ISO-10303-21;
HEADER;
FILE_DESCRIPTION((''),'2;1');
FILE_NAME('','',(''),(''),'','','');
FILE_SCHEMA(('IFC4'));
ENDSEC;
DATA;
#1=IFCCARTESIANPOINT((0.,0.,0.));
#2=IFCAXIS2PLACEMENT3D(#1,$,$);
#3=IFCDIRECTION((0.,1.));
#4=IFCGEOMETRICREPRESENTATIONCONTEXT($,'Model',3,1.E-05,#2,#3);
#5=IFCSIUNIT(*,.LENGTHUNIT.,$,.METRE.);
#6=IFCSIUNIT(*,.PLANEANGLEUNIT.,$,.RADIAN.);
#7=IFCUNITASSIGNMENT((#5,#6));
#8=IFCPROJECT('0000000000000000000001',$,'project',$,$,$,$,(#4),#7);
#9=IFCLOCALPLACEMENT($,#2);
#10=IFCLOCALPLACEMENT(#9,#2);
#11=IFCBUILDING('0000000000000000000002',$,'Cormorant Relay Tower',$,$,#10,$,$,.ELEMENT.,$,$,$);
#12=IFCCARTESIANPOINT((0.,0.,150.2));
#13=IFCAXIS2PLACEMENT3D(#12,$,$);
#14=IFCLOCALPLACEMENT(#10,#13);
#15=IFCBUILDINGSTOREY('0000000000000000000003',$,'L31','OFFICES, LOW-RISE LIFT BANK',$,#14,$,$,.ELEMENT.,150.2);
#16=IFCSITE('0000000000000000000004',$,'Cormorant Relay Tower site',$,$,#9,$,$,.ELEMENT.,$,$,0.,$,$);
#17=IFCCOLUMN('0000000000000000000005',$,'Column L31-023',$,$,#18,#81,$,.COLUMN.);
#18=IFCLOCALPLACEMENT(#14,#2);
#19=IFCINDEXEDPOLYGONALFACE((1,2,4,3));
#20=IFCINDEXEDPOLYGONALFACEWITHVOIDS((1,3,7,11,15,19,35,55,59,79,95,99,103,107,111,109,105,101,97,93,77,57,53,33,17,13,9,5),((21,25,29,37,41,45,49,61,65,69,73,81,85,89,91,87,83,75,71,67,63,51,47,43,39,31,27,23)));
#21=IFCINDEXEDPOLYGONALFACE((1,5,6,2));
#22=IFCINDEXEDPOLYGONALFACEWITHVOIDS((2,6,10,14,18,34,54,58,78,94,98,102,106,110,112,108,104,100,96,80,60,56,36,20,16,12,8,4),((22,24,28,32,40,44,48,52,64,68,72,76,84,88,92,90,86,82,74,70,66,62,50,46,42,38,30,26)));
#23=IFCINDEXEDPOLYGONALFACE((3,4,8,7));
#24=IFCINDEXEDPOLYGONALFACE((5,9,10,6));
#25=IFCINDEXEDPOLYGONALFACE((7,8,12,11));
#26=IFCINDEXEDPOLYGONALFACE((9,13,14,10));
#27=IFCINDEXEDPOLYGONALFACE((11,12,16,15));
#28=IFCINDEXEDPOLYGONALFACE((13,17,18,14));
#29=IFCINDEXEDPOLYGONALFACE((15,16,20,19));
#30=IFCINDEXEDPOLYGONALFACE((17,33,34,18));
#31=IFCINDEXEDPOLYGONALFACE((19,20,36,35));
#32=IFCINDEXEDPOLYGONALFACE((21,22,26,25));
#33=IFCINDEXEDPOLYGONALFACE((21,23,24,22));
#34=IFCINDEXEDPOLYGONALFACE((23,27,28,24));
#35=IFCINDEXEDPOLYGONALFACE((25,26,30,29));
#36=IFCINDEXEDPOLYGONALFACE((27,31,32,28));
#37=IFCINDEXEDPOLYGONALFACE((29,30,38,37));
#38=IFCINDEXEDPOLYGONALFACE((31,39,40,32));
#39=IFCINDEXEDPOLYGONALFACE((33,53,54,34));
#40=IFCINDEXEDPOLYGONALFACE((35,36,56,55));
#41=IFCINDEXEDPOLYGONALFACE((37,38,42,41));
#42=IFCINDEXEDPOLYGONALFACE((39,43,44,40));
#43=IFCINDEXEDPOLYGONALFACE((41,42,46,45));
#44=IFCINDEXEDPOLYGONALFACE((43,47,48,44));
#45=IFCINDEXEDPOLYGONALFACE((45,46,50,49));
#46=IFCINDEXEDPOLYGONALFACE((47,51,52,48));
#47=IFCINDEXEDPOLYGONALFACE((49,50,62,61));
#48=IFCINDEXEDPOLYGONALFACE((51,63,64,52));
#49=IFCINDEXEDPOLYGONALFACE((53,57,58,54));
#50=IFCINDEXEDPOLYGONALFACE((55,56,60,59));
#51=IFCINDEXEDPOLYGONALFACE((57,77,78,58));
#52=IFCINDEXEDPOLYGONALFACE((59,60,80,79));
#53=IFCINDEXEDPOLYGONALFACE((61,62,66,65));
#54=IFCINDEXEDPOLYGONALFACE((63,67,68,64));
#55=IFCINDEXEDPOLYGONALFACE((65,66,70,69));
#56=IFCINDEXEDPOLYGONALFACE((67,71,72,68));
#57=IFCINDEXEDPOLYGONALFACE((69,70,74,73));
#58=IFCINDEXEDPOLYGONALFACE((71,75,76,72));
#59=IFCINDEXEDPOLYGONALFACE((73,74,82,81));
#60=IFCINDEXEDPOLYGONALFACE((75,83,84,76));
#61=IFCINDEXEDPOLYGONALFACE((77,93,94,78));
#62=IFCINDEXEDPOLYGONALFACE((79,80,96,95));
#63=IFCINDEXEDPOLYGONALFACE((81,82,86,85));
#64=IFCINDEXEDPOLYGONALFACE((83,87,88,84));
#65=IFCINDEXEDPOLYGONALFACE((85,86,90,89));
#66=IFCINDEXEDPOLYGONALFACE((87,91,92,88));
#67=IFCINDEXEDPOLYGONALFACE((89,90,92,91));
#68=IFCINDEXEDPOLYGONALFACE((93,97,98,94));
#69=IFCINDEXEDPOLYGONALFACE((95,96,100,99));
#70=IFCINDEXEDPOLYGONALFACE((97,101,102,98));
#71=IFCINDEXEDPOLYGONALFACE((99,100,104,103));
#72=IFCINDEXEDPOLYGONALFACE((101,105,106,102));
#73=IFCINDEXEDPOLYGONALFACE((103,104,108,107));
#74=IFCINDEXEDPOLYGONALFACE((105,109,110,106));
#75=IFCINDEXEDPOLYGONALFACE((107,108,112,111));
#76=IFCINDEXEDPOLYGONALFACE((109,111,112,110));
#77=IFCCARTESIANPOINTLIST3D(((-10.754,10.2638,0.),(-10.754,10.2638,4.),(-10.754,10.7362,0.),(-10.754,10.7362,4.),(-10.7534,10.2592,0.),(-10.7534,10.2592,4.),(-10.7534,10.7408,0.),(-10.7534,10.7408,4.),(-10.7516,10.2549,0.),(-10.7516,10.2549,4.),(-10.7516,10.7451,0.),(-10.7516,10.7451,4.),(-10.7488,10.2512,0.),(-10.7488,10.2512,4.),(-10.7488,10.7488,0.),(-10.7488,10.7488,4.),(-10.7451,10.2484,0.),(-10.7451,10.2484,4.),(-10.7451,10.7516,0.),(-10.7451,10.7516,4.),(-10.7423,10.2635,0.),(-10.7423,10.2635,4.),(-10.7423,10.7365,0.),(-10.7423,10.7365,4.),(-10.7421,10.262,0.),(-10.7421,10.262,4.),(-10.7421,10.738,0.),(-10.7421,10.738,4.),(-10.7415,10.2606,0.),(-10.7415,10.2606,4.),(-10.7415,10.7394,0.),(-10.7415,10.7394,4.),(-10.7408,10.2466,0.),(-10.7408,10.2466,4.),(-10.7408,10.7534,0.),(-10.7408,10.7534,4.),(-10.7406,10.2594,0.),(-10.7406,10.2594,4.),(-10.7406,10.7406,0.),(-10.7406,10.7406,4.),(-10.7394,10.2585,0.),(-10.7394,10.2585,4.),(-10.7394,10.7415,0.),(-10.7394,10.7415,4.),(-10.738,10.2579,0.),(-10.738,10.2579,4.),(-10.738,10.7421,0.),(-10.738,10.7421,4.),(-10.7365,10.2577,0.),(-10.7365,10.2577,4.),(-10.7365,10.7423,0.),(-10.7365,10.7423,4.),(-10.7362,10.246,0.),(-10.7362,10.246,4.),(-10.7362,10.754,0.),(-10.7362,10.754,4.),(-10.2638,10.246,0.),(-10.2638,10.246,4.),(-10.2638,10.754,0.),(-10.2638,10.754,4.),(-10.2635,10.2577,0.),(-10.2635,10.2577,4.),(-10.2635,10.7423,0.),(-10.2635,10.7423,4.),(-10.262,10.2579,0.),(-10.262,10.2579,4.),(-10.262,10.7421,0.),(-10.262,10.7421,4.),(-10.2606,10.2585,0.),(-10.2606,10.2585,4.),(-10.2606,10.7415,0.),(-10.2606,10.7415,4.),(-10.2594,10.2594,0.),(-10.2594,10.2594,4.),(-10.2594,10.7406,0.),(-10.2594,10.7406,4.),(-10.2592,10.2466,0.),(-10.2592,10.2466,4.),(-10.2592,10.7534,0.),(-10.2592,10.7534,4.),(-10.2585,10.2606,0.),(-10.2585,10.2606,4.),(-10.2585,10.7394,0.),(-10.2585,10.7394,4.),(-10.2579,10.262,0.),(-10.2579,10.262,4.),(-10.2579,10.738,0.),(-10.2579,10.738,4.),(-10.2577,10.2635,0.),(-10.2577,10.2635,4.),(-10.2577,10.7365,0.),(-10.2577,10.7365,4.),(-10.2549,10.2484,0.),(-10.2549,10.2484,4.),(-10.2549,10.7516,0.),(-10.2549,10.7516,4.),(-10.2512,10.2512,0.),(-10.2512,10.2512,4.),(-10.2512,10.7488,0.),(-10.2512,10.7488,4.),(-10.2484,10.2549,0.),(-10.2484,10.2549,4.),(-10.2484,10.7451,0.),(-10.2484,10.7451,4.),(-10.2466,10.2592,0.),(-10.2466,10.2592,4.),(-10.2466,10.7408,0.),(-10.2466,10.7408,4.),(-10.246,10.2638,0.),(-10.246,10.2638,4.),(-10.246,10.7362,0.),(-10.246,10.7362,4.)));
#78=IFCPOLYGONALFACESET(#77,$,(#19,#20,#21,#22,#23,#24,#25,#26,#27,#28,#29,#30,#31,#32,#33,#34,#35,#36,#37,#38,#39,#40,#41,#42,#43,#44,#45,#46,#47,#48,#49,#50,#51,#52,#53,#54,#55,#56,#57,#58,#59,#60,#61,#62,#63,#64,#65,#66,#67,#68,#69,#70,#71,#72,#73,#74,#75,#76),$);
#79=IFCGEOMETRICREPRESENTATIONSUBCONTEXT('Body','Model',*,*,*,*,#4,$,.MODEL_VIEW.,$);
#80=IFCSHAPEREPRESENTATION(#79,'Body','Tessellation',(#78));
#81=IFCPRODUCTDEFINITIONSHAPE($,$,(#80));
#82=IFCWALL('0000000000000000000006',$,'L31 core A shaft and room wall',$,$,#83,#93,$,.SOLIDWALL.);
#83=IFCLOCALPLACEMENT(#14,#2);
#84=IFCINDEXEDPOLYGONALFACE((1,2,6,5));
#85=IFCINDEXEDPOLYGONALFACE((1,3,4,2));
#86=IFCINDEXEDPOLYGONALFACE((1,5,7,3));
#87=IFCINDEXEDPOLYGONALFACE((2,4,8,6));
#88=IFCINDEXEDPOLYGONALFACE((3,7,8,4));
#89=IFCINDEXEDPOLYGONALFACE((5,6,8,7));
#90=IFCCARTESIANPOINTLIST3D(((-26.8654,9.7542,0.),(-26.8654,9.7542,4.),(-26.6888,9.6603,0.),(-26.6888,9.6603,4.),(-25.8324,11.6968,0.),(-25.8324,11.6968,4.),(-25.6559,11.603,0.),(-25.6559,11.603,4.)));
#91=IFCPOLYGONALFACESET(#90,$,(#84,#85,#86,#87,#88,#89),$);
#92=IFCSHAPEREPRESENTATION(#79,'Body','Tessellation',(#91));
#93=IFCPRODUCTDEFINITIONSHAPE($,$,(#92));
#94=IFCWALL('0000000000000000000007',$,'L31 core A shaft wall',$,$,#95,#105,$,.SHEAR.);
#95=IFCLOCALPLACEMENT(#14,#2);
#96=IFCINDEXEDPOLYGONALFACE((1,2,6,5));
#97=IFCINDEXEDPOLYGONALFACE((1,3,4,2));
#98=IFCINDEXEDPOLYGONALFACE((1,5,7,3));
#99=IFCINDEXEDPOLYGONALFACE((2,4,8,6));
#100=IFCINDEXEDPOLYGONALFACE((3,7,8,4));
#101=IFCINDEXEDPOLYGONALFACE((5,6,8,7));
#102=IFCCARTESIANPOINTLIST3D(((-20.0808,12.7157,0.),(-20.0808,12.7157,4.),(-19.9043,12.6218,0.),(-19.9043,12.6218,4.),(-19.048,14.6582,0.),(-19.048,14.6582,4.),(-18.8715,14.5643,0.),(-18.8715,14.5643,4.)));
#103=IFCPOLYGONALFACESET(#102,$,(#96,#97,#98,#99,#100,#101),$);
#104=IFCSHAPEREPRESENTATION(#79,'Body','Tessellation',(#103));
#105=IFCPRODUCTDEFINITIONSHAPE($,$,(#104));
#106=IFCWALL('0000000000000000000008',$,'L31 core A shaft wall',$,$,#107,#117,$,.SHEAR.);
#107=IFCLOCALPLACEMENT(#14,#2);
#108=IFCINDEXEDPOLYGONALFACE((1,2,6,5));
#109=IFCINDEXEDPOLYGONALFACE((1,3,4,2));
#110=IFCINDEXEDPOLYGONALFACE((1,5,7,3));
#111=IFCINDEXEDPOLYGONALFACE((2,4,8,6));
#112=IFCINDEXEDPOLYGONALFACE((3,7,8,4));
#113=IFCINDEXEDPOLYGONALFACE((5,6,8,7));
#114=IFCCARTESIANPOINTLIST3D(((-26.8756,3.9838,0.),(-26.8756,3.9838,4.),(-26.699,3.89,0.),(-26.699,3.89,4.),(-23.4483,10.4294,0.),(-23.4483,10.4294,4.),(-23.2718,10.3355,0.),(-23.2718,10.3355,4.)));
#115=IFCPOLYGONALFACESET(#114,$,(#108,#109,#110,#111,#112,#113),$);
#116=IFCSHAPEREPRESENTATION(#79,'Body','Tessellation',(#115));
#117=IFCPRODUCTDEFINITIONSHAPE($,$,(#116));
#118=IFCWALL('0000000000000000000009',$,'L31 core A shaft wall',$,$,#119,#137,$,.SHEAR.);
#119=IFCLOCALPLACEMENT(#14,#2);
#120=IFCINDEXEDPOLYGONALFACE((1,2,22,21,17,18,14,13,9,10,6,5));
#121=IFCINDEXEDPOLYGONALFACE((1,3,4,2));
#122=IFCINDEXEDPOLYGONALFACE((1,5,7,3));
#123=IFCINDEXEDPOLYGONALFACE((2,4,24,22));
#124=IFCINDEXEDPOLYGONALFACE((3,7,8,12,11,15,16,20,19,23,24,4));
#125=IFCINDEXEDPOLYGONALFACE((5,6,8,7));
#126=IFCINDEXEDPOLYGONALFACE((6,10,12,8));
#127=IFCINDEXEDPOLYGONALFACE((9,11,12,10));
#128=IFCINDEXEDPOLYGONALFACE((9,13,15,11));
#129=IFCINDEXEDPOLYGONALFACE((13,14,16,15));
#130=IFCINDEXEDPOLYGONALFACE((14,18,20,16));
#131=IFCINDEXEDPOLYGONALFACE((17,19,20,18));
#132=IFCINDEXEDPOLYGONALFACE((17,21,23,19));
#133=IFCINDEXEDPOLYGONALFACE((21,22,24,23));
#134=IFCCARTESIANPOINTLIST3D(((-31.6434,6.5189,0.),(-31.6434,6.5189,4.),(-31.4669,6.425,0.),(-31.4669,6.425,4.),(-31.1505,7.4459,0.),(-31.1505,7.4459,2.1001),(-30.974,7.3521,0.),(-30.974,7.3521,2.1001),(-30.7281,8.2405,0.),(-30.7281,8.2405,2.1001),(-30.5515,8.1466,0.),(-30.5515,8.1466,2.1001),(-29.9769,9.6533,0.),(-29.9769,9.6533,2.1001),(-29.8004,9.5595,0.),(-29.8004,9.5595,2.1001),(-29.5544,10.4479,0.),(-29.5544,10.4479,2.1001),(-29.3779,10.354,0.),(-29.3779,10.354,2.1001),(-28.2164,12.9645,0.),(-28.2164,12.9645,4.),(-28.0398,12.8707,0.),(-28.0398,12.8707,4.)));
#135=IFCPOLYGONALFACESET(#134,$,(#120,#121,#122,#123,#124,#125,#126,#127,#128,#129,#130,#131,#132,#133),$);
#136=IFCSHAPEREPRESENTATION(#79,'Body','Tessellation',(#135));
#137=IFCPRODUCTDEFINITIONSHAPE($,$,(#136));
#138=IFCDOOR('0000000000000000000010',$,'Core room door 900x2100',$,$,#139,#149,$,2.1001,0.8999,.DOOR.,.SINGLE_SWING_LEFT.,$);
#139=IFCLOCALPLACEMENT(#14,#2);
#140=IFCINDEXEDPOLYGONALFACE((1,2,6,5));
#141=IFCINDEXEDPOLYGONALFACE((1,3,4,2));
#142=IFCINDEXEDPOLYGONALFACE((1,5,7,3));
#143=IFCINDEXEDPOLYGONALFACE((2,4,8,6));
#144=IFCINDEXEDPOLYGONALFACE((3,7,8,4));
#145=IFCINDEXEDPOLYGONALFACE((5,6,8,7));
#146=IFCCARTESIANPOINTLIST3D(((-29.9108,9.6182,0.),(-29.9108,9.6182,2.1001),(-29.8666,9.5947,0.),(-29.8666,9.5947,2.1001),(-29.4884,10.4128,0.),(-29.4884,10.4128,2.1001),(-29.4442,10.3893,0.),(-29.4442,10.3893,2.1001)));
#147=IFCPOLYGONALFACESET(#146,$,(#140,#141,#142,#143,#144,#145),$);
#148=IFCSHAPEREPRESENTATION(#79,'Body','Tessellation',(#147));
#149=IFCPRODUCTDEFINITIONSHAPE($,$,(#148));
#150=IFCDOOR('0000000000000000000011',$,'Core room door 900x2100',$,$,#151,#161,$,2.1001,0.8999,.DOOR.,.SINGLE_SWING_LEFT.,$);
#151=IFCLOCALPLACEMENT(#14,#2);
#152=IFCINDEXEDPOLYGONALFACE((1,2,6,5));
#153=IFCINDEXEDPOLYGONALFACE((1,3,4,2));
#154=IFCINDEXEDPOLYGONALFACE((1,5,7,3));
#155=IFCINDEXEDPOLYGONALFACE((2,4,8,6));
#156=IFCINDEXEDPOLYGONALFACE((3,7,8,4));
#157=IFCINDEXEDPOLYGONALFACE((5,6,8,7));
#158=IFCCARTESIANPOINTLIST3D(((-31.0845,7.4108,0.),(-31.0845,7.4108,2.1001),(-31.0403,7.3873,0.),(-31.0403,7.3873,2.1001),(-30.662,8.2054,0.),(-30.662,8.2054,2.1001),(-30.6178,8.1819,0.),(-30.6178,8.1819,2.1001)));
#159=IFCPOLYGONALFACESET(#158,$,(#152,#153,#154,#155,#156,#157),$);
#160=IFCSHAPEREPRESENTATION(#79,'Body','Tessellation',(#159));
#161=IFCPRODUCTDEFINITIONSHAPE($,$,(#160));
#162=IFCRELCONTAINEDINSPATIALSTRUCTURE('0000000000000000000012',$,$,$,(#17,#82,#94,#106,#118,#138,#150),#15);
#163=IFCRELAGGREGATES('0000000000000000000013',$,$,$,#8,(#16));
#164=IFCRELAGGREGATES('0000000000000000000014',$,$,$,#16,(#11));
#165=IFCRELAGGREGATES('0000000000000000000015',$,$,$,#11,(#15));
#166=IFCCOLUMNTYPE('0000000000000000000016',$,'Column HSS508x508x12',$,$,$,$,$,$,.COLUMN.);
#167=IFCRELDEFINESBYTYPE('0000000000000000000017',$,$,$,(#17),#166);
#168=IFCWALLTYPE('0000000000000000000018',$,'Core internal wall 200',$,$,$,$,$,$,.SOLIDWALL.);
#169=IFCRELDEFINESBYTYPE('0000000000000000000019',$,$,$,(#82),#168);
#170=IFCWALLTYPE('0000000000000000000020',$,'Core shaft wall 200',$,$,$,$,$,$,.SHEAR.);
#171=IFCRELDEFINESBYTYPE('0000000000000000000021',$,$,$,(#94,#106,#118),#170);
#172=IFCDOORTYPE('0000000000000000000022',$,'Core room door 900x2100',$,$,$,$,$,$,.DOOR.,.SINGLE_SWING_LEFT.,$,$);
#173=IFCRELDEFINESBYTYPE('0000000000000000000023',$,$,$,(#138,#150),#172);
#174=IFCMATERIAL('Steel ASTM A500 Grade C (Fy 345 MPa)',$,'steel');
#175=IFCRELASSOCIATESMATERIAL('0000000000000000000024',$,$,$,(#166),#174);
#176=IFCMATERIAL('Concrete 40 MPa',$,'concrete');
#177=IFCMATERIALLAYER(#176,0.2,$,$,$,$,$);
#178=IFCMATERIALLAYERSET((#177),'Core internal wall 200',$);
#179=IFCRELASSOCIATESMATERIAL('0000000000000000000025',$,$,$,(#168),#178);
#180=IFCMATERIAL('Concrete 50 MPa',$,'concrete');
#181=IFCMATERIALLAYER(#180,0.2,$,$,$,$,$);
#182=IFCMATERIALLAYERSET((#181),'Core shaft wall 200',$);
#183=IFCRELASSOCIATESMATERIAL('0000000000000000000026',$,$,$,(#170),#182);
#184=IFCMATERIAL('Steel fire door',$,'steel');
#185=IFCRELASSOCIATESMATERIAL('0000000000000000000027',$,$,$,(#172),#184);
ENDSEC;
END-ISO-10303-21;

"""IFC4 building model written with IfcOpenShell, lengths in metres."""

from ifc_helpers import new_model, si_unit, direction, frame, frame_2d, origin, origin_2d, place, context, subcontext, project, spatial, rectangle, hollow_rectangle, extrude, material, layer, layer_set, material_profile, profile_set, type_object, element, fill, save


model = new_model("IFC4")

# Units and contexts
model_context = context("Model", 3, precision=1e-05, world=origin(), true_north=direction((0.0, 1.0)))
body_context = subcontext(model_context, "Body", "Model", "MODEL_VIEW")
ifc_project = project(units=[si_unit("LENGTHUNIT", "METRE"), si_unit("PLANEANGLEUNIT", "RADIAN")], contexts=[model_context])

# Site, building, storey
site_placement = place(None, origin())
site = spatial("IfcSite", under=ifc_project, at=site_placement, Name="Cormorant Relay Tower site", CompositionType="ELEMENT", RefElevation=0.0)
building_placement = place(site_placement, origin())
building = spatial("IfcBuilding", under=site, at=building_placement, Name="Cormorant Relay Tower", CompositionType="ELEMENT")
storey_placement = place(building_placement, frame((0.0, 0.0, 150.2)))
storey = spatial("IfcBuildingStorey", under=building, at=storey_placement, Name="L31", Description="OFFICES, LOW-RISE LIFT BANK", CompositionType="ELEMENT", Elevation=150.2)

# Column
ifc_material_1 = material(Name="Steel ASTM A500 Grade C (Fy 345 MPa)", Category="steel")
ifc_material_profile = material_profile(ifc_material_1, hollow_rectangle(XDim=0.5081, YDim=0.5081, WallThickness=0.0117, InnerFilletRadius=0.0059, OuterFilletRadius=0.0178, at=origin_2d()), Name="HSS508x508x12")
ifc_profile_set = profile_set([ifc_material_profile], Name="Steel ASTM A500 Grade C (Fy 345 MPa)")
column_type = type_object("IfcColumnType", Name="Column HSS508x508x12", PredefinedType="COLUMN", material=ifc_profile_set)
column_placement = place(storey_placement, frame((-10.5, 10.5, 0.0), z_axis=(0.0, 0.0, 1.0), x_axis=(1.0, 0.0, 0.0)))
element("IfcColumn", 1, at=column_placement, inside=storey, type_object=column_type, Name="Column L31-023", PredefinedType="COLUMN", context=body_context, shape_type="SweptSolid", body=[
    extrude(hollow_rectangle(XDim=0.5081, YDim=0.5081, WallThickness=0.0117, InnerFilletRadius=0.0059, OuterFilletRadius=0.0178, at=origin_2d()), origin(), (0.0, 0.0, 1.0), 4.0),
])

# Walls
ifc_material_2 = material(Name="Concrete 40 MPa", Category="concrete")
ifc_layer_1 = layer(ifc_material_2, 0.2)
ifc_layer_set_1 = layer_set([ifc_layer_1], Name="Core internal wall 200")
wall_type_1 = type_object("IfcWallType", Name="Core internal wall 200", PredefinedType="SOLIDWALL", material=ifc_layer_set_1)
wall_1_placement = place(storey_placement, frame((-25.7441, 11.6499, 0.0), z_axis=(0.0, 0.0, 1.0), x_axis=(-0.469488, -0.882939, 0.0)))
element("IfcWall", 2, at=wall_1_placement, inside=storey, type_object=wall_type_1, Name="L31 core A shaft and room wall", PredefinedType="SOLIDWALL", context=body_context, shape_type="SweptSolid", body=[
    extrude(rectangle(XDim=2.2002, YDim=0.2, at=frame_2d((1.1001, 0.0))), origin(), (0.0, 0.0, 1.0), 4.0),
])
ifc_material_3 = material(Name="Concrete 50 MPa", Category="concrete")
ifc_layer_2 = layer(ifc_material_3, 0.2)
ifc_layer_set_2 = layer_set([ifc_layer_2], Name="Core shaft wall 200")
wall_type_2 = type_object("IfcWallType", Name="Core shaft wall 200", PredefinedType="SHEAR", material=ifc_layer_set_2)
wall_2_placement = place(storey_placement, frame((-18.9597, 14.6113, 0.0), z_axis=(0.0, 0.0, 1.0), x_axis=(-0.469447, -0.88296, 0.0)))
element("IfcWall", 3, at=wall_2_placement, inside=storey, type_object=wall_type_2, Name="L31 core A shaft wall", PredefinedType="SHEAR", context=body_context, shape_type="SweptSolid", body=[
    extrude(rectangle(XDim=2.2, YDim=0.2, at=frame_2d((1.1001, 0.0))), origin(), (0.0, 0.0, 1.0), 4.0),
])
wall_3_placement = place(storey_placement, frame((-23.3601, 10.3823, 0.0), z_axis=(0.0, 0.0, 1.0), x_axis=(-0.46948, -0.882943, 0.0)))
element("IfcWall", 4, at=wall_3_placement, inside=storey, type_object=wall_type_2, Name="L31 core A shaft wall", PredefinedType="SHEAR", context=body_context, shape_type="SweptSolid", body=[
    extrude(rectangle(XDim=7.3, YDim=0.2, at=frame_2d((3.6499, 0.0))), origin(), (0.0, 0.0, 1.0), 4.0),
])

# Wall, openings, doors
wall_4_placement = place(storey_placement, frame((-28.1282, 12.9175, 0.0), z_axis=(0.0, 0.0, 1.0), x_axis=(-0.469454, -0.882957, 0.0)))
wall_4 = element("IfcWall", 5, at=wall_4_placement, inside=storey, type_object=wall_type_2, Name="L31 core A shaft wall", PredefinedType="SHEAR", context=body_context, shape_type="SweptSolid", body=[
    extrude(rectangle(XDim=7.3, YDim=0.2, at=frame_2d((3.6499, 0.0))), origin(), (0.0, 0.0, 1.0), 4.0),
])
opening_1_placement = place(wall_4_placement, frame((2.8501, 0.0, 0.0)))
opening_1 = element("IfcOpeningElement", 6, at=opening_1_placement, cuts=wall_4, PredefinedType="OPENING", context=body_context, shape_type="SweptSolid", body=[
    extrude(rectangle(XDim=0.8999, YDim=2.1001, at=frame_2d((0.45, 1.05))), frame((0.0, 0.1099, 0.0), z_axis=(0.0, -1.0, 0.0), x_axis=(1.0, 0.0, 0.0)), (0.0, 0.0, 1.0), 0.22),
])
opening_2_placement = place(wall_4_placement, frame((5.3501, 0.0, 0.0)))
opening_2 = element("IfcOpeningElement", 7, at=opening_2_placement, cuts=wall_4, PredefinedType="OPENING", context=body_context, shape_type="SweptSolid", body=[
    extrude(rectangle(XDim=0.8999, YDim=2.1001, at=frame_2d((0.45, 1.05))), frame((0.0, 0.1099, 0.0), z_axis=(0.0, -1.0, 0.0), x_axis=(1.0, 0.0, 0.0)), (0.0, 0.0, 1.0), 0.22),
])
ifc_material_4 = material(Name="Steel fire door", Category="steel")
door_type_1 = type_object("IfcDoorType", Name="Core room door 900x2100", OperationType="SINGLE_SWING_LEFT", PredefinedType="DOOR", material=ifc_material_4)
door_1_placement = place(opening_1_placement, origin())
door_1 = element("IfcDoor", 8, at=door_1_placement, inside=storey, type_object=door_type_1, Name="Core room door 900x2100", OperationType="SINGLE_SWING_LEFT", OverallHeight=2.1001, OverallWidth=0.8999, PredefinedType="DOOR", context=body_context, shape_type="SweptSolid", body=[
    extrude(rectangle(XDim=0.8999, YDim=2.1001, at=frame_2d((0.45, 1.05))), frame((0.0, 0.0249, 0.0), z_axis=(0.0, -1.0, 0.0), x_axis=(1.0, 0.0, 0.0)), (0.0, 0.0, 1.0), 0.05),
])
fill(opening_1, door_1)
door_2_placement = place(opening_2_placement, origin())
door_2 = element("IfcDoor", 9, at=door_2_placement, inside=storey, type_object=door_type_1, Name="Core room door 900x2100", OperationType="SINGLE_SWING_LEFT", OverallHeight=2.1001, OverallWidth=0.8999, PredefinedType="DOOR", context=body_context, shape_type="SweptSolid", body=[
    extrude(rectangle(XDim=0.8999, YDim=2.1001, at=frame_2d((0.45, 1.05))), frame((0.0, 0.0249, 0.0), z_axis=(0.0, -1.0, 0.0), x_axis=(1.0, 0.0, 0.0)), (0.0, 0.0, 1.0), 0.05),
])
fill(opening_2, door_2)

save(model, "model.ifc")
